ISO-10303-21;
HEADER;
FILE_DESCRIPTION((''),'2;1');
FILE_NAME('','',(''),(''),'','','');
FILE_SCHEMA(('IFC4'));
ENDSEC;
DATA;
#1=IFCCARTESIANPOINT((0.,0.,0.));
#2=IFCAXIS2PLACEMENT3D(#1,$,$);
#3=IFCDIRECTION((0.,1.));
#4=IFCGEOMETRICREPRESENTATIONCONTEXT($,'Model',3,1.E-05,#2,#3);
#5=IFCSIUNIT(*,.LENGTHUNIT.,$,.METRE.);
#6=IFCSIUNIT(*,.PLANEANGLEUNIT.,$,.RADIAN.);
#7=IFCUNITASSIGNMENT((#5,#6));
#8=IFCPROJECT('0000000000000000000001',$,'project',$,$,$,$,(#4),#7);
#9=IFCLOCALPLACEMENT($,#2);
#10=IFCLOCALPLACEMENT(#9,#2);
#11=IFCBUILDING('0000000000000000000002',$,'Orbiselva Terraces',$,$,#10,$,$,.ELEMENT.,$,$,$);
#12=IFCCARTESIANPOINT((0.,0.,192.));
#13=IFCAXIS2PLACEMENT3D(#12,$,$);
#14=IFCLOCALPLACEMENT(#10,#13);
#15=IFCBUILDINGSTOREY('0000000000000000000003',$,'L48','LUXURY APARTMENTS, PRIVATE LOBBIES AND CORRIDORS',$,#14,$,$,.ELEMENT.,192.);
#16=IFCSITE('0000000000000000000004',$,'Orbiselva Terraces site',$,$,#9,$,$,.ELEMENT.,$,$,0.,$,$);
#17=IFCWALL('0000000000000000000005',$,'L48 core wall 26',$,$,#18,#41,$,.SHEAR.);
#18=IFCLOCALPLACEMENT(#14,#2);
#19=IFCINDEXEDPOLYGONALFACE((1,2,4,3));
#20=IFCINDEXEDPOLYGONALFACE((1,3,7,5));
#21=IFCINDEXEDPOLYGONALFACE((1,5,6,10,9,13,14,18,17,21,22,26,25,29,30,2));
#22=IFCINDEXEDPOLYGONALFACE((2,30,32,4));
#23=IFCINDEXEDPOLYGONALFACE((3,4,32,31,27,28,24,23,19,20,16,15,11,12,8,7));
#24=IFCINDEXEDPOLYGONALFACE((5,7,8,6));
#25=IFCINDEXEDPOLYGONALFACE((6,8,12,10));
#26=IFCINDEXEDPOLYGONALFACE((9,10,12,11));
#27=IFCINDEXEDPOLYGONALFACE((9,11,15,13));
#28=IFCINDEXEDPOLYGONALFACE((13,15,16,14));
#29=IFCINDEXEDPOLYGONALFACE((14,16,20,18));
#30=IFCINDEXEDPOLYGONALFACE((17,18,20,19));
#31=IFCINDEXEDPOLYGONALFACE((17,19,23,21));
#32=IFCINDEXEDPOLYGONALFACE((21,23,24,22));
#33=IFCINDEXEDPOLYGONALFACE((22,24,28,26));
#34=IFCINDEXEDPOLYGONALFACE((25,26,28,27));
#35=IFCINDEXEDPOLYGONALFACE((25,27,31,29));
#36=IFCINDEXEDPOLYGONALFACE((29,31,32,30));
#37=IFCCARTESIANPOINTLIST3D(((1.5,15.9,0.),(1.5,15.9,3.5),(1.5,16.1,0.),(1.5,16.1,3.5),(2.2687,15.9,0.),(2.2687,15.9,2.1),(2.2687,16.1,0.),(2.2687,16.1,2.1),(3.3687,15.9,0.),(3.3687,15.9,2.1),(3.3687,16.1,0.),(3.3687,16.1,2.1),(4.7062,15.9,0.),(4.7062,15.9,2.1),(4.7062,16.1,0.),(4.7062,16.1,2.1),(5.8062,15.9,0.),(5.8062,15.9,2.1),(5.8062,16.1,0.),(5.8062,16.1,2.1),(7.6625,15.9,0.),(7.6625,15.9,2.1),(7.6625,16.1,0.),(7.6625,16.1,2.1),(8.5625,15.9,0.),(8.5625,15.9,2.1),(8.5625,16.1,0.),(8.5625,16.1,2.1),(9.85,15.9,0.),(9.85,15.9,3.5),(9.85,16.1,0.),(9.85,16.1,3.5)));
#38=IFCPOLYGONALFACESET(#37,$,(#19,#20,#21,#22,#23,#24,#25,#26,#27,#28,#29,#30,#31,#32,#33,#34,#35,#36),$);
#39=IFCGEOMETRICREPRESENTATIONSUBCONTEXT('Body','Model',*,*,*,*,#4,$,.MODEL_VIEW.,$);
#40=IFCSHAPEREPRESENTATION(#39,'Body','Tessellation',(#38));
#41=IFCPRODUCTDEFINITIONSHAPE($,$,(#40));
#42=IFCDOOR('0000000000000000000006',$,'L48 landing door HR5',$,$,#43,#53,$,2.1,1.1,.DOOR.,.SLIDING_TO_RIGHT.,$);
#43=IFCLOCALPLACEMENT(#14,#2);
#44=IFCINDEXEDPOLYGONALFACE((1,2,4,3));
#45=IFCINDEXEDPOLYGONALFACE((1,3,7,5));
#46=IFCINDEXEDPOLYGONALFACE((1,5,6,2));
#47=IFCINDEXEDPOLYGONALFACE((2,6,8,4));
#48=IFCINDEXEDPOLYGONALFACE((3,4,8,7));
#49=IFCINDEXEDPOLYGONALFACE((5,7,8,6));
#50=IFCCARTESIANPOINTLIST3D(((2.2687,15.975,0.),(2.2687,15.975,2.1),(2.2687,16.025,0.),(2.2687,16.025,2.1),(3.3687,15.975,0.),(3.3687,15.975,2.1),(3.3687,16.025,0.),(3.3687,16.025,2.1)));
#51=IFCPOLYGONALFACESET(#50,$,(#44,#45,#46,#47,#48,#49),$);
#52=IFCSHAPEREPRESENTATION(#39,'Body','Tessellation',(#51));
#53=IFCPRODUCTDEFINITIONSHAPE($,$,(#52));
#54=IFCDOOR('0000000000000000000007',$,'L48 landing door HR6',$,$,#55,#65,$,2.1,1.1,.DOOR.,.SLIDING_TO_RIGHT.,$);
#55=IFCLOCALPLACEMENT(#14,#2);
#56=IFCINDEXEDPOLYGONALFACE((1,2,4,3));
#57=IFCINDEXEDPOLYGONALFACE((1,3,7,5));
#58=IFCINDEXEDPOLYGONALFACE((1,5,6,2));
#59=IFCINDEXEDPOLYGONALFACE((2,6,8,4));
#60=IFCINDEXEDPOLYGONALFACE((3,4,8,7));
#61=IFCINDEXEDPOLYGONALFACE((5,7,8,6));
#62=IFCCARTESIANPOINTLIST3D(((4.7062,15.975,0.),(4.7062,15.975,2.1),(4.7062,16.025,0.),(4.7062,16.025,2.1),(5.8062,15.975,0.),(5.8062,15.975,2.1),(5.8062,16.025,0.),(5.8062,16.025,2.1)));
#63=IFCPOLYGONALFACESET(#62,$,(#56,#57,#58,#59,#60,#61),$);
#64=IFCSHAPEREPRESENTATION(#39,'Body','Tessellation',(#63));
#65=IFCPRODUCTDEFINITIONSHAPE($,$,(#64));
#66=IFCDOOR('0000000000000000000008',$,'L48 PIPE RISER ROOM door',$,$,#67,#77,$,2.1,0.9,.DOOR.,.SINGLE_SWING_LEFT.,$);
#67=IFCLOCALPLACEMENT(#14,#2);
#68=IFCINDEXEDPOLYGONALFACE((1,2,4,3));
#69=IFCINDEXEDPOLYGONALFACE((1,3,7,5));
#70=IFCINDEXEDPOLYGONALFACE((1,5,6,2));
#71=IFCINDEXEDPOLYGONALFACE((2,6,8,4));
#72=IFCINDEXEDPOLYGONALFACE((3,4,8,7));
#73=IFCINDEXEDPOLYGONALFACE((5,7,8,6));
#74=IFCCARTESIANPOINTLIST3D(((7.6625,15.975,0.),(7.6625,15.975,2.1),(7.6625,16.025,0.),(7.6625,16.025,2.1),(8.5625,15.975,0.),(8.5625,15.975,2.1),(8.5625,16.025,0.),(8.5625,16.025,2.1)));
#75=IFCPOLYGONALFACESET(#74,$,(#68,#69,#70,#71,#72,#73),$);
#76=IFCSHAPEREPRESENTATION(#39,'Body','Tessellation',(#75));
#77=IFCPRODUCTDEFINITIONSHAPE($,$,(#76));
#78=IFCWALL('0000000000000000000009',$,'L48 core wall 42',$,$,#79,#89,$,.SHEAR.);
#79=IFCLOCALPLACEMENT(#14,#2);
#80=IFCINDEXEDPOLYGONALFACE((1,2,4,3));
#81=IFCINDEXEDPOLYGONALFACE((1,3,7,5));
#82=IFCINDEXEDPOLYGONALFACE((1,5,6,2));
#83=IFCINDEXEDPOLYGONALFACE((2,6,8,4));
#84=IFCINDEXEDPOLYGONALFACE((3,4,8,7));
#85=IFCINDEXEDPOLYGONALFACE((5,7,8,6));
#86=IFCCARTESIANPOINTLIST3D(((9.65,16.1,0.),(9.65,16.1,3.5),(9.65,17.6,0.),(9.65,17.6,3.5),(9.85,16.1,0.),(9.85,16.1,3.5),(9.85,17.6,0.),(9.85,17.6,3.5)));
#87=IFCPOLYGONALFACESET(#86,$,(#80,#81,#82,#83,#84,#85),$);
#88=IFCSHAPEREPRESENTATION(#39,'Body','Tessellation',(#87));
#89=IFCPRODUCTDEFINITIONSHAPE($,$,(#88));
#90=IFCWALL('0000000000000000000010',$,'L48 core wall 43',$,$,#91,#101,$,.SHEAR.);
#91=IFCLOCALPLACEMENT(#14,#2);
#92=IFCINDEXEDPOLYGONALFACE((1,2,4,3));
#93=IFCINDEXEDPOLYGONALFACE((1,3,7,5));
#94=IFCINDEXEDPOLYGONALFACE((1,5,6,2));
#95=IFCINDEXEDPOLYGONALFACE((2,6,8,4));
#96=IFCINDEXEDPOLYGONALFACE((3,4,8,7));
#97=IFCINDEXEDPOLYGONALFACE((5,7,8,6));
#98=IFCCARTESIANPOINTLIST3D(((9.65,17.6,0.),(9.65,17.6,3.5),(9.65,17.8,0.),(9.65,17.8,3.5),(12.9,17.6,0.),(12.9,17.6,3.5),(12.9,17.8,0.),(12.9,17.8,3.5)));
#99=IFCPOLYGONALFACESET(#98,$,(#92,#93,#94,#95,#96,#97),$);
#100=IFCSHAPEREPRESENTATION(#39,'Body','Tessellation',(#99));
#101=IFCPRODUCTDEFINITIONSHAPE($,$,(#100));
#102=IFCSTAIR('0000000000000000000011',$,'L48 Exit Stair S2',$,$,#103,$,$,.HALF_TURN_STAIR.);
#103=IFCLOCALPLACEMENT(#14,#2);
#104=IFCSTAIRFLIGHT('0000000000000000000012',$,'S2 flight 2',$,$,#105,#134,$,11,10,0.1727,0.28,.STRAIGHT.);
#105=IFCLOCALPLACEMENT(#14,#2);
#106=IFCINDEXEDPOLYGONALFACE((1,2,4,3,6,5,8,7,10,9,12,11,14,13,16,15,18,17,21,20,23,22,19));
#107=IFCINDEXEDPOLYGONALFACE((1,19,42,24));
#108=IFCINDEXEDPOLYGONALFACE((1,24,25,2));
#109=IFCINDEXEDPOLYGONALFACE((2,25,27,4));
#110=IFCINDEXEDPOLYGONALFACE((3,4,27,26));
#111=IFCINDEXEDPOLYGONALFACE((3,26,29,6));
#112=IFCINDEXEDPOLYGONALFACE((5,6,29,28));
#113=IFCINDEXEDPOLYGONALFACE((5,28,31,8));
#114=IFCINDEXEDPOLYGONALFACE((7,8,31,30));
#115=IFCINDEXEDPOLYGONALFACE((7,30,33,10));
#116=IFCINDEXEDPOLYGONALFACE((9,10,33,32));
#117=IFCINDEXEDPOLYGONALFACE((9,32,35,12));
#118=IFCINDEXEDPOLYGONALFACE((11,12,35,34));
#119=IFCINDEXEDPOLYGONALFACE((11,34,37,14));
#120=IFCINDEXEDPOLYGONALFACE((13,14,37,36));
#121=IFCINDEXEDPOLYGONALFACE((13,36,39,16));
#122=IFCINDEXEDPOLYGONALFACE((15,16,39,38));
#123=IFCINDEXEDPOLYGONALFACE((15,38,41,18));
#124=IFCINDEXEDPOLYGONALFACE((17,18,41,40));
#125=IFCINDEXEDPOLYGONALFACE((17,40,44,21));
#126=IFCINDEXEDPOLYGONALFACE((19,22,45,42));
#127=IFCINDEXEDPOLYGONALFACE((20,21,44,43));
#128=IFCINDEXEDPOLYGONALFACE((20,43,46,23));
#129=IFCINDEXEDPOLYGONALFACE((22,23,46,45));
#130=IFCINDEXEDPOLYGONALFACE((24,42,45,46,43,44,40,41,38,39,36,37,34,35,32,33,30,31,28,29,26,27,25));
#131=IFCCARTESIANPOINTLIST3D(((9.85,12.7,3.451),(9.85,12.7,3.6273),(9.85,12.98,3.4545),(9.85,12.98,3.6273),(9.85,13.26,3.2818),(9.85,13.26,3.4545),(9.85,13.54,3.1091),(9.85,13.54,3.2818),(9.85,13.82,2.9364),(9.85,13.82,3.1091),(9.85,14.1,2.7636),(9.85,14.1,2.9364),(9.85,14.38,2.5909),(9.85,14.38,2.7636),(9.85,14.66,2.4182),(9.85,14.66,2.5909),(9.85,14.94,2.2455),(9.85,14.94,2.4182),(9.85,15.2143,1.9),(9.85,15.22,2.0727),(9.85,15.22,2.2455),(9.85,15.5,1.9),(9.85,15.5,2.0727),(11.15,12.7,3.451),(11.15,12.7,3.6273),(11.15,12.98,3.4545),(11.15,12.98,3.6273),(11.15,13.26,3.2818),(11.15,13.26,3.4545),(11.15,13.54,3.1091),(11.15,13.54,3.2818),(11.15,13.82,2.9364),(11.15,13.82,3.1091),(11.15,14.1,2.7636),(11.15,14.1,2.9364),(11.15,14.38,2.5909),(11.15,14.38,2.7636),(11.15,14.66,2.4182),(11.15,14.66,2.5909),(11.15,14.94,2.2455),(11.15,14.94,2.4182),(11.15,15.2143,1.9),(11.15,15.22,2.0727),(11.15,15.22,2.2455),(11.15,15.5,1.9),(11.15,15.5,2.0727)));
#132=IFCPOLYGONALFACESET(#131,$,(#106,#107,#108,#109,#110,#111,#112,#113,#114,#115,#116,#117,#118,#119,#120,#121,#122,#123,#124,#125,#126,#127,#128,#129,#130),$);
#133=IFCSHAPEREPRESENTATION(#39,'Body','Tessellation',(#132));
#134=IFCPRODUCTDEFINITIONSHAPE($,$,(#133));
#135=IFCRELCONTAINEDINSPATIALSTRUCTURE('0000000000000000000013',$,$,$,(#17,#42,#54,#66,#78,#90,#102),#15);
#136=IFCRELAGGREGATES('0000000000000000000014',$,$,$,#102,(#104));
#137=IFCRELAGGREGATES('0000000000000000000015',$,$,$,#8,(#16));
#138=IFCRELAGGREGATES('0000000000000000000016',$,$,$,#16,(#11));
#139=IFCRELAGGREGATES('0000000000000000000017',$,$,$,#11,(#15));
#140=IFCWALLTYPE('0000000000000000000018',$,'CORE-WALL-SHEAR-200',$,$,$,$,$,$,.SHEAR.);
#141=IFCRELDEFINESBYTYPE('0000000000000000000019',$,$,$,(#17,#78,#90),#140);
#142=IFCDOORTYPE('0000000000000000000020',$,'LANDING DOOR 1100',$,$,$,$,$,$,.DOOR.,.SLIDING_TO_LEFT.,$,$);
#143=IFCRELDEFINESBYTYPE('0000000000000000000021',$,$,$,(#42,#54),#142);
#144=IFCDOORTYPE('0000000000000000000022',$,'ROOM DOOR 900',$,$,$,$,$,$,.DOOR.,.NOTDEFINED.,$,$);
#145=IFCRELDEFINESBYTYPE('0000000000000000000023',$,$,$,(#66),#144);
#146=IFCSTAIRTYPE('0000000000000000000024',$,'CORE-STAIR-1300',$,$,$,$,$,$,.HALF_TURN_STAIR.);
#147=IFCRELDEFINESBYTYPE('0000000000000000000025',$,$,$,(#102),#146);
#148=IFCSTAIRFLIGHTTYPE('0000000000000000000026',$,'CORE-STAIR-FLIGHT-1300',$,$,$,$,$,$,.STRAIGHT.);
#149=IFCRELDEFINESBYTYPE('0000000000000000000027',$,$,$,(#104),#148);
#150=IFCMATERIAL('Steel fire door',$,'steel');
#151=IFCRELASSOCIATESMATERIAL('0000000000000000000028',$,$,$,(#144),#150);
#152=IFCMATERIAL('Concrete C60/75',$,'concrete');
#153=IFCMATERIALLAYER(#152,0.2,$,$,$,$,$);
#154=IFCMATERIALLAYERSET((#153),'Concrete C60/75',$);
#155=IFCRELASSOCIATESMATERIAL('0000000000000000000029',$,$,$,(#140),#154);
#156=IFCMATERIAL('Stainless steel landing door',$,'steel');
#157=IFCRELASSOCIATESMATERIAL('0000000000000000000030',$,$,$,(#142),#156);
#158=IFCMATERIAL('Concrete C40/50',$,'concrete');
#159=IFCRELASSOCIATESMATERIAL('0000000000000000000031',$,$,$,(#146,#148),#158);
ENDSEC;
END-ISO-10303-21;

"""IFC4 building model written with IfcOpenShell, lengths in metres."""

from ifc_helpers import new_model, si_unit, direction, frame, frame_2d, origin, place, context, subcontext, project, spatial, polyline, rectangle, outline, extrude, material, layer, layer_set, type_object, element, fill, aggregate, save


model = new_model("IFC4")

# Units and contexts
model_context = context("Model", 3, precision=1e-05, world=origin(), true_north=direction((0.0, 1.0)))
body_context = subcontext(model_context, "Body", "Model", "MODEL_VIEW")
ifc_project = project(units=[si_unit("LENGTHUNIT", "METRE"), si_unit("PLANEANGLEUNIT", "RADIAN")], contexts=[model_context])

# Site, building, storey
site_placement = place(None, origin())
site = spatial("IfcSite", under=ifc_project, at=site_placement, Name="Orbiselva Terraces site", CompositionType="ELEMENT", RefElevation=0.0)
building_placement = place(site_placement, origin())
building = spatial("IfcBuilding", under=site, at=building_placement, Name="Orbiselva Terraces", CompositionType="ELEMENT")
storey_placement = place(building_placement, frame((0.0, 0.0, 192.0)))
storey = spatial("IfcBuildingStorey", under=building, at=storey_placement, Name="L48", Description="LUXURY APARTMENTS, PRIVATE LOBBIES AND CORRIDORS", CompositionType="ELEMENT", Elevation=192.0)

# Shared definitions
ifc_material_1 = material(Name="Steel fire door", Category="steel")
door_type_1 = type_object("IfcDoorType", Name="ROOM DOOR 900", OperationType="NOTDEFINED", PredefinedType="DOOR", material=ifc_material_1)

# Shared definitions
ifc_material_2 = material(Name="Concrete C40/50", Category="concrete")
ifc_material_3 = material(Name="Concrete C60/75", Category="concrete")
ifc_layer_1 = layer(ifc_material_3, 0.2)
ifc_layer_set_1 = layer_set([ifc_layer_1], Name="Concrete C60/75")
wall_type_1 = type_object("IfcWallType", Name="CORE-WALL-SHEAR-200", PredefinedType="SHEAR", material=ifc_layer_set_1)

# Wall, openings, doors
wall_1_placement = place(storey_placement, frame((9.85, 16.0, 0.0), z_axis=(0.0, 0.0, 1.0), x_axis=(-1.0, 0.0, 0.0)))
wall_1 = element("IfcWall", 1, at=wall_1_placement, inside=storey, type_object=wall_type_1, Name="L48 core wall 26", PredefinedType="SHEAR", context=body_context, shape_type="SweptSolid", body=[
    extrude(rectangle(XDim=8.35, YDim=0.2, at=frame_2d((4.175, 0.0))), origin(), (0.0, 0.0, 1.0), 3.5),
])
opening_1_placement = place(wall_1_placement, frame((6.4813, 0.0, 0.0)))
opening_1 = element("IfcOpeningElement", 2, at=opening_1_placement, cuts=wall_1, PredefinedType="OPENING", context=body_context, shape_type="SweptSolid", body=[
    extrude(rectangle(XDim=1.1, YDim=2.1, at=frame_2d((0.55, 1.05))), frame((0.0, 0.11, 0.0), z_axis=(0.0, -1.0, 0.0), x_axis=(1.0, 0.0, 0.0)), (0.0, 0.0, 1.0), 0.22),
])
opening_2_placement = place(wall_1_placement, frame((4.0438, 0.0, 0.0)))
opening_2 = element("IfcOpeningElement", 3, at=opening_2_placement, cuts=wall_1, PredefinedType="OPENING", context=body_context, shape_type="SweptSolid", body=[
    extrude(rectangle(XDim=1.1, YDim=2.1, at=frame_2d((0.55, 1.05))), frame((0.0, 0.11, 0.0), z_axis=(0.0, -1.0, 0.0), x_axis=(1.0, 0.0, 0.0)), (0.0, 0.0, 1.0), 0.22),
])
opening_3_placement = place(wall_1_placement, frame((1.2875, 0.0, 0.0)))
opening_3 = element("IfcOpeningElement", 4, at=opening_3_placement, cuts=wall_1, PredefinedType="OPENING", context=body_context, shape_type="SweptSolid", body=[
    extrude(rectangle(XDim=0.9, YDim=2.1, at=frame_2d((0.45, 1.05))), frame((0.0, 0.11, 0.0), z_axis=(0.0, -1.0, 0.0), x_axis=(1.0, 0.0, 0.0)), (0.0, 0.0, 1.0), 0.22),
])
ifc_material_4 = material(Name="Stainless steel landing door", Category="steel")
door_type_2 = type_object("IfcDoorType", Name="LANDING DOOR 1100", OperationType="SLIDING_TO_LEFT", PredefinedType="DOOR", material=ifc_material_4)
door_1_placement = place(opening_1_placement, origin())
door_1 = element("IfcDoor", 5, at=door_1_placement, inside=storey, type_object=door_type_2, Name="L48 landing door HR5", OperationType="SLIDING_TO_RIGHT", OverallHeight=2.1, OverallWidth=1.1, PredefinedType="DOOR", context=body_context, shape_type="SweptSolid", body=[
    extrude(rectangle(XDim=1.1, YDim=2.1, at=frame_2d((0.55, 1.05))), frame((0.0, 0.025, 0.0), z_axis=(0.0, -1.0, 0.0), x_axis=(1.0, 0.0, 0.0)), (0.0, 0.0, 1.0), 0.05),
])
fill(opening_1, door_1)
door_2_placement = place(opening_2_placement, origin())
door_2 = element("IfcDoor", 6, at=door_2_placement, inside=storey, type_object=door_type_2, Name="L48 landing door HR6", OperationType="SLIDING_TO_RIGHT", OverallHeight=2.1, OverallWidth=1.1, PredefinedType="DOOR", context=body_context, shape_type="SweptSolid", body=[
    extrude(rectangle(XDim=1.1, YDim=2.1, at=frame_2d((0.55, 1.05))), frame((0.0, 0.025, 0.0), z_axis=(0.0, -1.0, 0.0), x_axis=(1.0, 0.0, 0.0)), (0.0, 0.0, 1.0), 0.05),
])
fill(opening_2, door_2)
door_3_placement = place(opening_3_placement, origin())
door_3 = element("IfcDoor", 7, at=door_3_placement, inside=storey, type_object=door_type_1, Name="L48 PIPE RISER ROOM door", OperationType="SINGLE_SWING_LEFT", OverallHeight=2.1, OverallWidth=0.9, PredefinedType="DOOR", context=body_context, shape_type="SweptSolid", body=[
    extrude(rectangle(XDim=0.9, YDim=2.1, at=frame_2d((0.45, 1.05))), frame((0.0, 0.025, 0.0), z_axis=(0.0, -1.0, 0.0), x_axis=(1.0, 0.0, 0.0)), (0.0, 0.0, 1.0), 0.05),
])
fill(opening_3, door_3)

# Walls
wall_2_placement = place(storey_placement, frame((9.75, 16.1, 0.0), z_axis=(0.0, 0.0, 1.0), x_axis=(0.0, 1.0, 0.0)))
element("IfcWall", 8, at=wall_2_placement, inside=storey, type_object=wall_type_1, Name="L48 core wall 42", PredefinedType="SHEAR", context=body_context, shape_type="SweptSolid", body=[
    extrude(rectangle(XDim=1.5, YDim=0.2, at=frame_2d((0.75, 0.0))), origin(), (0.0, 0.0, 1.0), 3.5),
])
wall_3_placement = place(storey_placement, frame((9.65, 17.7, 0.0), z_axis=(0.0, 0.0, 1.0), x_axis=(1.0, 0.0, 0.0)))
element("IfcWall", 9, at=wall_3_placement, inside=storey, type_object=wall_type_1, Name="L48 core wall 43", PredefinedType="SHEAR", context=body_context, shape_type="SweptSolid", body=[
    extrude(rectangle(XDim=3.25, YDim=0.2, at=frame_2d((1.625, 0.0))), origin(), (0.0, 0.0, 1.0), 3.5),
])

# Stair, stair flight
stair_type = type_object("IfcStairType", Name="CORE-STAIR-1300", PredefinedType="HALF_TURN_STAIR", material=ifc_material_2)
stair_placement = place(storey_placement, origin())
stair = element("IfcStair", 10, at=stair_placement, inside=storey, type_object=stair_type, Name="L48 Exit Stair S2", PredefinedType="HALF_TURN_STAIR")
stair_flight_type = type_object("IfcStairFlightType", Name="CORE-STAIR-FLIGHT-1300", PredefinedType="STRAIGHT", material=ifc_material_2)
stair_flight_placement = place(storey_placement, frame((10.5, 15.5, 1.9), z_axis=(0.0, 0.0, 1.0), x_axis=(0.0, -1.0, 0.0)))
stair_flight = element("IfcStairFlight", 11, at=stair_flight_placement, type_object=stair_flight_type, Name="S2 flight 2", NumberOfRisers=11, NumberOfTreads=10, PredefinedType="STRAIGHT", RiserHeight=0.1727, TreadLength=0.28, context=body_context, shape_type="SweptSolid", body=[
    extrude(outline(polyline([(0.0, 0.0), (0.0, 0.1727), (0.28, 0.1727), (0.28, 0.3455), (0.56, 0.3455), (0.56, 0.5182), (0.84, 0.5182), (0.84, 0.6909), (1.12, 0.6909), (1.12, 0.8636), (1.4, 0.8636), (1.4, 1.0364), (1.68, 1.0364), (1.68, 1.2091), (1.96, 1.2091), (1.96, 1.3818), (2.24, 1.3818), (2.24, 1.5545), (2.52, 1.5545), (2.52, 1.7273), (2.8, 1.7273), (2.8, 1.9), (2.8, 1.551), (0.2857, 0.0), (0.0, 0.0)])), frame((0.0, 0.65, 0.0), z_axis=(0.0, -1.0, 0.0), x_axis=(1.0, 0.0, 0.0)), (0.0, 0.0, 1.0), 1.3),
])
aggregate(stair, [stair_flight])

save(model, "model.ifc")
